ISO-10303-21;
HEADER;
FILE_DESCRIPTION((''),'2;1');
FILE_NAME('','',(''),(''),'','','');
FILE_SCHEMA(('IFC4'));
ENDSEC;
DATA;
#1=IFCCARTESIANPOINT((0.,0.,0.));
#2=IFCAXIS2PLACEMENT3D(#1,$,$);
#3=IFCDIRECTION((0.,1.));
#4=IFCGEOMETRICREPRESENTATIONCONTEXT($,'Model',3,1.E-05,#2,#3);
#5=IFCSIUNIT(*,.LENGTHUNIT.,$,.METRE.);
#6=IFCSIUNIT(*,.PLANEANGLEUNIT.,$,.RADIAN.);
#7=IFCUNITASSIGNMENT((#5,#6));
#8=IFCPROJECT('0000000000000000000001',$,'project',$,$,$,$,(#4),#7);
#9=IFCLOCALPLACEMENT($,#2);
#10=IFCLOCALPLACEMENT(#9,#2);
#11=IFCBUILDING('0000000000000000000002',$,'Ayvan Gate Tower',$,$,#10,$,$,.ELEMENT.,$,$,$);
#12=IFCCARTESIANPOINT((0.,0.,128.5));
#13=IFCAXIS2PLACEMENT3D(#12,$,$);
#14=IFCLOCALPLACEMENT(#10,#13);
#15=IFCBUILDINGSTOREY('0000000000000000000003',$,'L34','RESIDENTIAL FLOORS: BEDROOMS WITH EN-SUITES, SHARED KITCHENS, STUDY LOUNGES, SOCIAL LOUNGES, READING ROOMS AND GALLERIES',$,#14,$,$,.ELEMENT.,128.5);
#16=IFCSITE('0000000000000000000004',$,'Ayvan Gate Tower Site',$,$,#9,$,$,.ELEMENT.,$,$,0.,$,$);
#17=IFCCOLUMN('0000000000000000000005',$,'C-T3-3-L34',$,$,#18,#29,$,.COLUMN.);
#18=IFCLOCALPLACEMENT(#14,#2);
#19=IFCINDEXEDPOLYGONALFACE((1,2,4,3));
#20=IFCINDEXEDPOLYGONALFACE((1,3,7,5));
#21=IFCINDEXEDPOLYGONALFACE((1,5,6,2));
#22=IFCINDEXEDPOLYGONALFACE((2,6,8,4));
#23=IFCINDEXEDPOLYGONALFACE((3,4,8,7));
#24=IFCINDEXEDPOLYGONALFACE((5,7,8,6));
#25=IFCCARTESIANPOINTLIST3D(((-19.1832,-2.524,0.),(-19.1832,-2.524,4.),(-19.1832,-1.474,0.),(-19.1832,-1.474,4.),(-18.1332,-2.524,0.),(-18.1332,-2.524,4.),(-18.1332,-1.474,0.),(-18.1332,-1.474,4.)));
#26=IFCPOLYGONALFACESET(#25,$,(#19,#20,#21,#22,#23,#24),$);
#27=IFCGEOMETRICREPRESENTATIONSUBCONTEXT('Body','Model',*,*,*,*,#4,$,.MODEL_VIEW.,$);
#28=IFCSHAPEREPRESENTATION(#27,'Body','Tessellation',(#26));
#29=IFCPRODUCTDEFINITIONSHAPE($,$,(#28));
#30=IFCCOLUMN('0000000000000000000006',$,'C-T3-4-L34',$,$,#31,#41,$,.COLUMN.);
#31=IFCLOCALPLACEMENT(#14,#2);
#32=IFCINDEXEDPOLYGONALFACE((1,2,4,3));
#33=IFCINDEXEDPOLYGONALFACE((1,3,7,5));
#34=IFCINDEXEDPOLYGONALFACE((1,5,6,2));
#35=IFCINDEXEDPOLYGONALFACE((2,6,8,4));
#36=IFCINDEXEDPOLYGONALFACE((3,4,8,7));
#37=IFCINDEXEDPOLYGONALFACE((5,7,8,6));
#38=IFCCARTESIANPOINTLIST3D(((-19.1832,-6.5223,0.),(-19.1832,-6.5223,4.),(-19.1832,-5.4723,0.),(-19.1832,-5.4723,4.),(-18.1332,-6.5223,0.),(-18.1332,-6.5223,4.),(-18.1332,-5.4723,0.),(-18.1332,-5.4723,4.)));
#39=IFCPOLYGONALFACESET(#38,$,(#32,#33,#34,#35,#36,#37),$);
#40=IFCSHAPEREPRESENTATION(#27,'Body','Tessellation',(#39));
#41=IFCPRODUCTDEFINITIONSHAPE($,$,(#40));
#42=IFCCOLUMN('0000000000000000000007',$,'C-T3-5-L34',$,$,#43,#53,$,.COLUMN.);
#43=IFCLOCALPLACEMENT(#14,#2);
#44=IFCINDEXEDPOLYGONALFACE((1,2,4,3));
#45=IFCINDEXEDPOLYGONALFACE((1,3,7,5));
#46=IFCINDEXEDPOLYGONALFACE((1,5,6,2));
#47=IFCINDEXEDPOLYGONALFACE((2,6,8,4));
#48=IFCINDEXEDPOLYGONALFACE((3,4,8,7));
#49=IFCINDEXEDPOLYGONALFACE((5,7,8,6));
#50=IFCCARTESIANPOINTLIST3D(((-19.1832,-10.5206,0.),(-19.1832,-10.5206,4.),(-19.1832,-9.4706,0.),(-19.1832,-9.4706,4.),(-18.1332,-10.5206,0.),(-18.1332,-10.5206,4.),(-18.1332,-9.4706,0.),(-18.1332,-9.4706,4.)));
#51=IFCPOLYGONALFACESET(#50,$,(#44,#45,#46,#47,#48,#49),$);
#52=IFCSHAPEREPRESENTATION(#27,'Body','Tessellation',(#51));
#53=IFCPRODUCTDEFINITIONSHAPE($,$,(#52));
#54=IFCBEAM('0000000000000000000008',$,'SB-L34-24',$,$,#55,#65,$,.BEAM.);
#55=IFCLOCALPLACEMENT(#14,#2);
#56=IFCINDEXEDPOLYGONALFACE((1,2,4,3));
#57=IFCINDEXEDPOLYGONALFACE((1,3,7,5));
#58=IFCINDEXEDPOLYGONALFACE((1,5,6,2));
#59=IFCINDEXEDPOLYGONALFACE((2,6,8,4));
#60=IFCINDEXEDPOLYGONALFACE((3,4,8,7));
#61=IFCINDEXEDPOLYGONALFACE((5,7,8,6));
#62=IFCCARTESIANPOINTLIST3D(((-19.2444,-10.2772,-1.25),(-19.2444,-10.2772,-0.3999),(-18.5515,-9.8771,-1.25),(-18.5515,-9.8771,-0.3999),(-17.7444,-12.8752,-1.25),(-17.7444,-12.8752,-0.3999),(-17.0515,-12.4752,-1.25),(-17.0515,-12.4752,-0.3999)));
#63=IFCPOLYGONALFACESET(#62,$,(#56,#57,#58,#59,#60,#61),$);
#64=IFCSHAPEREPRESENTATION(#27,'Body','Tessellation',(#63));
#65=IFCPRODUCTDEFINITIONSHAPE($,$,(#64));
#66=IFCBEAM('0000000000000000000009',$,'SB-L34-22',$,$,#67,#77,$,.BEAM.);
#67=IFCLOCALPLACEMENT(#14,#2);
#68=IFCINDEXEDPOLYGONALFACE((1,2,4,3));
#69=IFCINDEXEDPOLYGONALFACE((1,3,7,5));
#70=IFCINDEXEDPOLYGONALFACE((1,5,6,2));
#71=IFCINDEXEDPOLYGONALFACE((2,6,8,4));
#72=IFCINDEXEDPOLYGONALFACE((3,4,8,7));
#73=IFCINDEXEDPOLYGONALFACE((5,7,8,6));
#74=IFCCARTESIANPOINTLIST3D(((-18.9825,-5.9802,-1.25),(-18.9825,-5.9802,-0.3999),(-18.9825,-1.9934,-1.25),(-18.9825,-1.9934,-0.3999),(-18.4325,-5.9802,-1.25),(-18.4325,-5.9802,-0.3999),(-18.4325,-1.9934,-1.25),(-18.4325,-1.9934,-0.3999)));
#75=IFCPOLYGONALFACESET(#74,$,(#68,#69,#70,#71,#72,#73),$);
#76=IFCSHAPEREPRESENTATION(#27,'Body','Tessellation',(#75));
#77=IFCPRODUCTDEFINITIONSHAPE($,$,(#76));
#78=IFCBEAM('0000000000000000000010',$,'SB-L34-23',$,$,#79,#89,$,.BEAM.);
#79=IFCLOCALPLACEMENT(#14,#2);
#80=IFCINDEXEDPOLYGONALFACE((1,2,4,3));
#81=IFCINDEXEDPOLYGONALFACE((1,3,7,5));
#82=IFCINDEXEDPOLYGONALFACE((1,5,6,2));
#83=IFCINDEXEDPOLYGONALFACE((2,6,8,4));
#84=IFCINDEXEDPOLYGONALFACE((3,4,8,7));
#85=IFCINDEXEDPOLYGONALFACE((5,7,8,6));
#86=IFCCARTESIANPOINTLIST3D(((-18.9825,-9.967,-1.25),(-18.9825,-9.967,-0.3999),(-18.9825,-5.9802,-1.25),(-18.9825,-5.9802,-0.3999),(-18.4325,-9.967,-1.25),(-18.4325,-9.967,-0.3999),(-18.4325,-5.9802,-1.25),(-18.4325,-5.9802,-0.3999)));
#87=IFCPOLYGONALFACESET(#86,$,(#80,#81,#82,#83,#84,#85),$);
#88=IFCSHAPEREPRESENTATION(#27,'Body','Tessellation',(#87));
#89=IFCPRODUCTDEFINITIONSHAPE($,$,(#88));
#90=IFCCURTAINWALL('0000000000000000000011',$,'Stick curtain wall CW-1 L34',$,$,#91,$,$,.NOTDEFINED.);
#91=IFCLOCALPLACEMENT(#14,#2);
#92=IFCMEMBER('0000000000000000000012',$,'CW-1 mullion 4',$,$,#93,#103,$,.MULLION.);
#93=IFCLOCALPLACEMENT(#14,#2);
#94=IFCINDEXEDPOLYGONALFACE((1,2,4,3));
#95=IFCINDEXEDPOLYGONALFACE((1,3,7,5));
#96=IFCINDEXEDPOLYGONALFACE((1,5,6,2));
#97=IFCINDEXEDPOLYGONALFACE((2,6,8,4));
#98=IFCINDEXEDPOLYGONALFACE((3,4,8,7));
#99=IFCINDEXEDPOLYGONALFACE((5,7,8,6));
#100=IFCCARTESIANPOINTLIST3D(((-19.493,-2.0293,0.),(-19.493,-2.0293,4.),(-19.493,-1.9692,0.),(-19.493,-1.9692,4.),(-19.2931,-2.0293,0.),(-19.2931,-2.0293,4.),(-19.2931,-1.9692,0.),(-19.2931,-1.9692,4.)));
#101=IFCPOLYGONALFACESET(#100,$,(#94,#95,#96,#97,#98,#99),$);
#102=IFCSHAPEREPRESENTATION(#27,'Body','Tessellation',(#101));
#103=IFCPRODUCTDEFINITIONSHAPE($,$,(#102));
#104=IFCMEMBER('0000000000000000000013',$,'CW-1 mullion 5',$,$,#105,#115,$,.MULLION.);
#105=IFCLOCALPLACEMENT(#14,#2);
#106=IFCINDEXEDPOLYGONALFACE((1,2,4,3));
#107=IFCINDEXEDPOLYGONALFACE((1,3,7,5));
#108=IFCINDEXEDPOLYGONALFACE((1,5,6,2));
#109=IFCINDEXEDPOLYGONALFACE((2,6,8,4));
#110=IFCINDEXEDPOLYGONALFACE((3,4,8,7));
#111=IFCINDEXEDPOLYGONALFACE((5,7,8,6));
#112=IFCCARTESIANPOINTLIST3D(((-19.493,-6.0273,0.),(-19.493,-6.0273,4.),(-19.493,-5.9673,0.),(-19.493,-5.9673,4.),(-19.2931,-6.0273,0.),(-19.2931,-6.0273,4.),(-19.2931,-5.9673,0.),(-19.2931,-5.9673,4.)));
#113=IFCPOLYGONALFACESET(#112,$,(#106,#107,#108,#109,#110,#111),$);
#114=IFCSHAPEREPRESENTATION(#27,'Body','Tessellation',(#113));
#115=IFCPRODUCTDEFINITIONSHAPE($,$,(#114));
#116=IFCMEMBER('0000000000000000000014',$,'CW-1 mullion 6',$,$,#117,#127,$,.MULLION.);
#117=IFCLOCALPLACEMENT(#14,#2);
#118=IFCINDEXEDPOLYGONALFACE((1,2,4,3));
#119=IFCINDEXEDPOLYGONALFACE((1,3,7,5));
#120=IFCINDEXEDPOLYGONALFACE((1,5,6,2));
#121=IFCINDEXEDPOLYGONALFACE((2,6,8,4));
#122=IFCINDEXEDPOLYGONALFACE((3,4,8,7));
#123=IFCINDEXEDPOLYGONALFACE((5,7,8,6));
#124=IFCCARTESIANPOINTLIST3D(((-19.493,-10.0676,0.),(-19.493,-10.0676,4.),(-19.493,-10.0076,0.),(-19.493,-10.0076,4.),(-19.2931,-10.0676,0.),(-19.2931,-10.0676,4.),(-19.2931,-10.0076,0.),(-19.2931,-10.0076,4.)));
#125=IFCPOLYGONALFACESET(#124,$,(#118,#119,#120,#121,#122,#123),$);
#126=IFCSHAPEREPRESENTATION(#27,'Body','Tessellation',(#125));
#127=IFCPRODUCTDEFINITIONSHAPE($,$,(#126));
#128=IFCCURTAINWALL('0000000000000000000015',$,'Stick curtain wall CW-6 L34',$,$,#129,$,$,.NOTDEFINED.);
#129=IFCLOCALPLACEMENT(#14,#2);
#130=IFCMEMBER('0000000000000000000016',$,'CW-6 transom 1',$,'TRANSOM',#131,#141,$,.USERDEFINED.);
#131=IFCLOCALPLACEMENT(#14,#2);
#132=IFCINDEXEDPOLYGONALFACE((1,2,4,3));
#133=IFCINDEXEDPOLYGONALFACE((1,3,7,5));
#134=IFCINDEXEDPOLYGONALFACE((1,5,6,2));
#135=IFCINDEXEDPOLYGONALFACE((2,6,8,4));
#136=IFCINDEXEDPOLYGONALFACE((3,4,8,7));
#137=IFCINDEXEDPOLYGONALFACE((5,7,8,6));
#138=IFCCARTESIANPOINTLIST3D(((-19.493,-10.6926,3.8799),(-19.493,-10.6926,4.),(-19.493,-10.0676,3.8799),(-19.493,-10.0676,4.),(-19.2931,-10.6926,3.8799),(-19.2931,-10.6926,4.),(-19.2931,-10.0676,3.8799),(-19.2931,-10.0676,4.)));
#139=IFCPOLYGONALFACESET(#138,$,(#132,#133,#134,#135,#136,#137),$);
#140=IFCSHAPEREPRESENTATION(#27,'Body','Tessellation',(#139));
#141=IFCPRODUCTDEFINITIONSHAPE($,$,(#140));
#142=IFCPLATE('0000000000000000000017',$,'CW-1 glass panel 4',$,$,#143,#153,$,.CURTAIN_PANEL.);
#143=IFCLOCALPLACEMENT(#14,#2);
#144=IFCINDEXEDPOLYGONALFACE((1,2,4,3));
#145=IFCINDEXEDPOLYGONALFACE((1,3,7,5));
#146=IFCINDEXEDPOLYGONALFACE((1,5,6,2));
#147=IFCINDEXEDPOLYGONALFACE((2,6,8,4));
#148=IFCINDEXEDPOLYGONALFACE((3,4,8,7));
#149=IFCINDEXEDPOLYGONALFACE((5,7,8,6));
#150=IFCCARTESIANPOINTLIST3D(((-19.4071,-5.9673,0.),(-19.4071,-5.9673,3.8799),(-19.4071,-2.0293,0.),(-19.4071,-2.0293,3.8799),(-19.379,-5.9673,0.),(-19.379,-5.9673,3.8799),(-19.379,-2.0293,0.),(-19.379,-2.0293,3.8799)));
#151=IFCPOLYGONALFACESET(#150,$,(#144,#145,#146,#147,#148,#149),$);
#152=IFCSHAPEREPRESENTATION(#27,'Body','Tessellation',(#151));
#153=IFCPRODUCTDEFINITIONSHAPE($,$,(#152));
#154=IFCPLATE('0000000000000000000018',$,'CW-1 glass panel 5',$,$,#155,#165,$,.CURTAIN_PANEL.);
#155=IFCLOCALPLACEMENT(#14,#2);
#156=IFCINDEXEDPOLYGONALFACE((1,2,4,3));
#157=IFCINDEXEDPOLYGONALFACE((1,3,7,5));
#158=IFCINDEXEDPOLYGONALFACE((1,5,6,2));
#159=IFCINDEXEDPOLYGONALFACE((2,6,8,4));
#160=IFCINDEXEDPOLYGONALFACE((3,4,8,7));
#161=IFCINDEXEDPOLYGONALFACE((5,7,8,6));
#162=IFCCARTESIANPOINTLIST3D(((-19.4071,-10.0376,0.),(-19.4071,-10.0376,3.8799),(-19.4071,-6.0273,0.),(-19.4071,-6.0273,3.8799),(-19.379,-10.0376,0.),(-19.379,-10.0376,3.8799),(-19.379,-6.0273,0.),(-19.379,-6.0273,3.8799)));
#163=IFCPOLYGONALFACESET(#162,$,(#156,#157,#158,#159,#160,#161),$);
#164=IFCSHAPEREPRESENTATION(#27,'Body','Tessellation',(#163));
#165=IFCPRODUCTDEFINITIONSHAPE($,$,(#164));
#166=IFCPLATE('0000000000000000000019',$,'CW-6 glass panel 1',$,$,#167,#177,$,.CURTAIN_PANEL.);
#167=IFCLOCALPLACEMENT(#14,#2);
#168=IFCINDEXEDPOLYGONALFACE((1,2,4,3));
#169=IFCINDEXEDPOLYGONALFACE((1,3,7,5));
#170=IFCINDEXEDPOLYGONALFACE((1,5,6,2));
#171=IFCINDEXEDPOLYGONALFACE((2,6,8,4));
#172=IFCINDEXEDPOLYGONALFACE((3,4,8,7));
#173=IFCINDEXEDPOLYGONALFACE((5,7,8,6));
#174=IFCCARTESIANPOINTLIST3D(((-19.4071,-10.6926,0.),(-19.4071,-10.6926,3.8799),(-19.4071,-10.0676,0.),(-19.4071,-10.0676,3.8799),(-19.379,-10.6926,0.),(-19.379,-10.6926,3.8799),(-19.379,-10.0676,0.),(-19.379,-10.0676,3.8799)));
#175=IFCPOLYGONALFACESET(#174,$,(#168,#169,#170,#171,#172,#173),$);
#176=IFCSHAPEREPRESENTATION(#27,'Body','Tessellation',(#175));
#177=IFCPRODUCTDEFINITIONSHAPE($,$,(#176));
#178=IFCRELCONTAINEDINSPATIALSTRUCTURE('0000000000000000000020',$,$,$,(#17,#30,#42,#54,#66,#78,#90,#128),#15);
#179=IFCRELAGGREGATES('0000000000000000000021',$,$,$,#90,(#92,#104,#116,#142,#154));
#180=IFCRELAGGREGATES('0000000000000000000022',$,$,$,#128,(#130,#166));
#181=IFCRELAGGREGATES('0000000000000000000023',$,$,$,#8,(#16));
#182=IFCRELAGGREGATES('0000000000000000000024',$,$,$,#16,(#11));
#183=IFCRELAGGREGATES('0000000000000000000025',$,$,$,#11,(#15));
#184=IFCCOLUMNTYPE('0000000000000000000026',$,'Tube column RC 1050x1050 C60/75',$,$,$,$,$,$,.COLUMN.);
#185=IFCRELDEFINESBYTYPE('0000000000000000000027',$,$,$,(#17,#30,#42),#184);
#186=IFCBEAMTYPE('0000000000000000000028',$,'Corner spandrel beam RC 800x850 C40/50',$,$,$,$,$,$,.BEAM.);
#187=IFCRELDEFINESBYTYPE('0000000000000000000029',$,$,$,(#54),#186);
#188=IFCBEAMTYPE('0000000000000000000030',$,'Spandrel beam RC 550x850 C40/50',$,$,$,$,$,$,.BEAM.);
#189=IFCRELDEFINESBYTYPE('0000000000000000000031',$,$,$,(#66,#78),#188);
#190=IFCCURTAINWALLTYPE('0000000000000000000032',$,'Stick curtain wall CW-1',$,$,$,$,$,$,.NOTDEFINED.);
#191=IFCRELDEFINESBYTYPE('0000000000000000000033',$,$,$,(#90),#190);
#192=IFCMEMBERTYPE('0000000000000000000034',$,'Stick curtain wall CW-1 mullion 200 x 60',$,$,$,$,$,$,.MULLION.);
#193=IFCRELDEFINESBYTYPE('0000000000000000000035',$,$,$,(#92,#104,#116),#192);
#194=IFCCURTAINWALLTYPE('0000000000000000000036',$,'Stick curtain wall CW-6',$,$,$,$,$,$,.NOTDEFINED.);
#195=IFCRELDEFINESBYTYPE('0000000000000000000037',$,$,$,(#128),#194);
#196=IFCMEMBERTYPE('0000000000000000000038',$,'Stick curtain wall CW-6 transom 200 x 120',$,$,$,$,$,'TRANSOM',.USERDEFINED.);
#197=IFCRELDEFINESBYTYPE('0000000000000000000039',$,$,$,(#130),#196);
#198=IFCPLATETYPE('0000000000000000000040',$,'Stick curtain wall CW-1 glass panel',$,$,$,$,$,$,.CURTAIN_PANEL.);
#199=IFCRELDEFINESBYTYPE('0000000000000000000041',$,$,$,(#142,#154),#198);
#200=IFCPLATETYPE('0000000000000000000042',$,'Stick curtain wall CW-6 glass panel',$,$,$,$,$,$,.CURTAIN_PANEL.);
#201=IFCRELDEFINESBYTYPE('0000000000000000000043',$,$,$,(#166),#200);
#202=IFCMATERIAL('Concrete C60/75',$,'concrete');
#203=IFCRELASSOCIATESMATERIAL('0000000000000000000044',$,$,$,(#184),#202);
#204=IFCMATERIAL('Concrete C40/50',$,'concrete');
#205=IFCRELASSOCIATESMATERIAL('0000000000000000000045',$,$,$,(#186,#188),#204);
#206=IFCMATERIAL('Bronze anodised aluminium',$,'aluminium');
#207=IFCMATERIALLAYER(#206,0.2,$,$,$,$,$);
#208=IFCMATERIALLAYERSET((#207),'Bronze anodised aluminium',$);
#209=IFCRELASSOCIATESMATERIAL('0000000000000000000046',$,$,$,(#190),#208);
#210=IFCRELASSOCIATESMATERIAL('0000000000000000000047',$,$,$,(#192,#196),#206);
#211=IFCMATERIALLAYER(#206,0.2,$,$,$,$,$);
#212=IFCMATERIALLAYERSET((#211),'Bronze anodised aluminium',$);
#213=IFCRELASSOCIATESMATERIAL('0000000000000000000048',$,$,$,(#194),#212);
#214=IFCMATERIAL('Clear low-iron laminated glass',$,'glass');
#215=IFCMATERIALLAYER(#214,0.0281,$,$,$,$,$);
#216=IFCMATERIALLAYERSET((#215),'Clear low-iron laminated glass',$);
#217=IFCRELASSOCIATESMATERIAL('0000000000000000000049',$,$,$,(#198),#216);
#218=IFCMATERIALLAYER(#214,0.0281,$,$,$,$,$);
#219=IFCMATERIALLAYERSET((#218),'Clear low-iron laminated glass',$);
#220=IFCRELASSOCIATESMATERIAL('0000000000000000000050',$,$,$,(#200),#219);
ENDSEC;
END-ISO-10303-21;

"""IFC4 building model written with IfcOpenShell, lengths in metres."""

from ifc_helpers import new_model, si_unit, direction, frame, origin, origin_2d, place, context, subcontext, project, spatial, rectangle, extrude, material, layer, layer_set, material_profile, profile_set, type_object, element, aggregate, save


model = new_model("IFC4")

# Units and contexts
model_context = context("Model", 3, precision=1e-05, world=origin(), true_north=direction((0.0, 1.0)))
body_context = subcontext(model_context, "Body", "Model", "MODEL_VIEW")
ifc_project = project(units=[si_unit("LENGTHUNIT", "METRE"), si_unit("PLANEANGLEUNIT", "RADIAN")], contexts=[model_context])

# Site, building, storey
site_placement = place(None, origin())
site = spatial("IfcSite", under=ifc_project, at=site_placement, Name="Ayvan Gate Tower Site", CompositionType="ELEMENT", RefElevation=0.0)
building_placement = place(site_placement, origin())
building = spatial("IfcBuilding", under=site, at=building_placement, Name="Ayvan Gate Tower", CompositionType="ELEMENT")
storey_placement = place(building_placement, frame((0.0, 0.0, 128.5)))
storey = spatial("IfcBuildingStorey", under=building, at=storey_placement, Name="L34", Description="RESIDENTIAL FLOORS: BEDROOMS WITH EN-SUITES, SHARED KITCHENS, STUDY LOUNGES, SOCIAL LOUNGES, READING ROOMS AND GALLERIES", CompositionType="ELEMENT", Elevation=128.5)

# Columns
ifc_material_1 = material(Name="Concrete C60/75", Category="concrete")
ifc_material_profile_1 = material_profile(ifc_material_1, rectangle(XDim=1.05, YDim=1.05, at=origin_2d()), Name="RC 1050x1050")
ifc_profile_set_1 = profile_set([ifc_material_profile_1], Name="Concrete C60/75")
column_type = type_object("IfcColumnType", Name="Tube column RC 1050x1050 C60/75", PredefinedType="COLUMN", material=ifc_profile_set_1)
for number, where, z_axis, x_axis, name in (
    (1, (-18.6582, -1.999, 0.0), (0.0, 0.0, 1.0), (-1.0, 0.0, 0.0), "C-T3-3-L34"),
    (2, (-18.6582, -5.9973, 0.0), (0.0, 0.0, 1.0), (-1.0, 0.0, 0.0), "C-T3-4-L34"),
    (3, (-18.6582, -9.9956, 0.0), (0.0, 0.0, 1.0), (-1.0, 0.0, 0.0), "C-T3-5-L34"),
):
    element("IfcColumn", number, at=place(storey_placement, frame(where, z_axis=z_axis, x_axis=x_axis)), inside=storey, type_object=column_type, Name=name, PredefinedType="COLUMN", context=body_context, shape_type="SweptSolid", body=[
        extrude(rectangle(XDim=1.05, YDim=1.05, at=origin_2d()), origin(), (0.0, 0.0, 1.0), 4.0),
    ])

# Beams
ifc_material_2 = material(Name="Concrete C40/50", Category="concrete")
ifc_material_profile_2 = material_profile(ifc_material_2, rectangle(XDim=0.8, YDim=0.8501, at=origin_2d()), Name="RC 800x850")
ifc_profile_set_2 = profile_set([ifc_material_profile_2], Name="Concrete C40/50")
beam_type_1 = type_object("IfcBeamType", Name="Corner spandrel beam RC 800x850 C40/50", PredefinedType="BEAM", material=ifc_profile_set_2)
beam_placement = place(storey_placement, frame((-18.8979, -10.0771, -0.825), z_axis=(0.49999, -0.866031, 0.0), x_axis=(0.866031, 0.49999, 0.0)))
element("IfcBeam", 4, at=beam_placement, inside=storey, type_object=beam_type_1, Name="SB-L34-24", PredefinedType="BEAM", context=body_context, shape_type="SweptSolid", body=[
    extrude(rectangle(XDim=0.8, YDim=0.8501, at=origin_2d()), origin(), (0.0, 0.0, 1.0), 3.0),
])
ifc_material_profile_3 = material_profile(ifc_material_2, rectangle(XDim=0.55, YDim=0.8501, at=origin_2d()), Name="RC 550x850")
ifc_profile_set_3 = profile_set([ifc_material_profile_3], Name="Concrete C40/50")
beam_type_2 = type_object("IfcBeamType", Name="Spandrel beam RC 550x850 C40/50", PredefinedType="BEAM", material=ifc_profile_set_3)
for number, where, z_axis, x_axis, name in (
    (5, (-18.7075, -1.9934, -0.825), (0.0, -1.0, 0.0), (1.0, 0.0, 0.0), "SB-L34-22"),
    (6, (-18.7075, -5.9802, -0.825), (0.0, -1.0, 0.0), (1.0, 0.0, 0.0), "SB-L34-23"),
):
    element("IfcBeam", number, at=place(storey_placement, frame(where, z_axis=z_axis, x_axis=x_axis)), inside=storey, type_object=beam_type_2, Name=name, PredefinedType="BEAM", context=body_context, shape_type="SweptSolid", body=[
        extrude(rectangle(XDim=0.55, YDim=0.8501, at=origin_2d()), origin(), (0.0, 0.0, 1.0), 3.9868),
    ])

# Curtain wall, members
ifc_material_3 = material(Name="Bronze anodised aluminium", Category="aluminium")
ifc_layer_1 = layer(ifc_material_3, 0.2)
ifc_layer_set_1 = layer_set([ifc_layer_1], Name="Bronze anodised aluminium")
curtain_wall_type_1 = type_object("IfcCurtainWallType", Name="Stick curtain wall CW-1", PredefinedType="NOTDEFINED", material=ifc_layer_set_1)
curtain_wall_1_placement = place(storey_placement, origin())
curtain_wall_1 = element("IfcCurtainWall", 7, at=curtain_wall_1_placement, inside=storey, type_object=curtain_wall_type_1, Name="Stick curtain wall CW-1 L34", PredefinedType="NOTDEFINED")
ifc_material_profile_4 = material_profile(ifc_material_3, rectangle(XDim=0.2, YDim=0.0601, at=origin_2d()), Name="Stick curtain wall CW-1 mullion 200 x 60")
ifc_profile_set_4 = profile_set([ifc_material_profile_4], Name="Bronze anodised aluminium")
member_type_1 = type_object("IfcMemberType", Name="Stick curtain wall CW-1 mullion 200 x 60", PredefinedType="MULLION", material=ifc_profile_set_4)
member_1_placement = place(storey_placement, frame((-19.3931, -1.9993, 0.0), z_axis=(0.0, 0.0, 1.0), x_axis=(-1.0, 0.0, 0.0)))
member_1 = element("IfcMember", 8, at=member_1_placement, type_object=member_type_1, Name="CW-1 mullion 4", PredefinedType="MULLION", context=body_context, shape_type="SweptSolid", body=[
    extrude(rectangle(XDim=0.2, YDim=0.0601, at=origin_2d()), origin(), (0.0, 0.0, 1.0), 4.0),
])
member_2_placement = place(storey_placement, frame((-19.3931, -5.9973, 0.0), z_axis=(0.0, 0.0, 1.0), x_axis=(-1.0, 0.0, 0.0)))
member_2 = element("IfcMember", 9, at=member_2_placement, type_object=member_type_1, Name="CW-1 mullion 5", PredefinedType="MULLION", context=body_context, shape_type="SweptSolid", body=[
    extrude(rectangle(XDim=0.2, YDim=0.0601, at=origin_2d()), origin(), (0.0, 0.0, 1.0), 4.0),
])
member_3_placement = place(storey_placement, frame((-19.3931, -10.0376, 0.0), z_axis=(0.0, 0.0, 1.0), x_axis=(-1.0, 0.0, 0.0)))
member_3 = element("IfcMember", 10, at=member_3_placement, type_object=member_type_1, Name="CW-1 mullion 6", PredefinedType="MULLION", context=body_context, shape_type="SweptSolid", body=[
    extrude(rectangle(XDim=0.2, YDim=0.0601, at=origin_2d()), origin(), (0.0, 0.0, 1.0), 4.0),
])

# Curtain wall, member
ifc_layer_2 = layer(ifc_material_3, 0.2)
ifc_layer_set_2 = layer_set([ifc_layer_2], Name="Bronze anodised aluminium")
curtain_wall_type_2 = type_object("IfcCurtainWallType", Name="Stick curtain wall CW-6", PredefinedType="NOTDEFINED", material=ifc_layer_set_2)
curtain_wall_2_placement = place(storey_placement, origin())
curtain_wall_2 = element("IfcCurtainWall", 11, at=curtain_wall_2_placement, inside=storey, type_object=curtain_wall_type_2, Name="Stick curtain wall CW-6 L34", PredefinedType="NOTDEFINED")
ifc_material_profile_5 = material_profile(ifc_material_3, rectangle(XDim=0.2, YDim=0.1201, at=origin_2d()), Name="Stick curtain wall CW-6 transom 200 x 120")
ifc_profile_set_5 = profile_set([ifc_material_profile_5], Name="Bronze anodised aluminium")
member_type_2 = type_object("IfcMemberType", Name="Stick curtain wall CW-6 transom 200 x 120", ElementType="TRANSOM", PredefinedType="USERDEFINED", material=ifc_profile_set_5)
member_4_placement = place(storey_placement, frame((-19.3931, -10.0676, 3.9399), z_axis=(0.0, -1.0, 0.0), x_axis=(1.0, 0.0, 0.0)))
member_4 = element("IfcMember", 12, at=member_4_placement, type_object=member_type_2, Name="CW-6 transom 1", ObjectType="TRANSOM", PredefinedType="USERDEFINED", context=body_context, shape_type="SweptSolid", body=[
    extrude(rectangle(XDim=0.2, YDim=0.1201, at=origin_2d()), origin(), (0.0, 0.0, 1.0), 0.625),
])

# Plates
ifc_material_4 = material(Name="Clear low-iron laminated glass", Category="glass")
ifc_layer_3 = layer(ifc_material_4, 0.0281)
ifc_layer_set_3 = layer_set([ifc_layer_3], Name="Clear low-iron laminated glass")
plate_type_1 = type_object("IfcPlateType", Name="Stick curtain wall CW-1 glass panel", PredefinedType="CURTAIN_PANEL", material=ifc_layer_set_3)
plate_1_placement = place(storey_placement, frame((-19.3931, -3.9983, 0.0), z_axis=(0.0, 0.0, 1.0), x_axis=(0.0, -1.0, 0.0)))
plate_1 = element("IfcPlate", 13, at=plate_1_placement, type_object=plate_type_1, Name="CW-1 glass panel 4", PredefinedType="CURTAIN_PANEL", context=body_context, shape_type="SweptSolid", body=[
    extrude(rectangle(XDim=3.938, YDim=0.0281, at=origin_2d()), origin(), (0.0, 0.0, 1.0), 3.8799),
])
plate_2_placement = place(storey_placement, frame((-19.3931, -8.0325, 0.0), z_axis=(0.0, 0.0, 1.0), x_axis=(0.0, -1.0, 0.0)))
plate_2 = element("IfcPlate", 14, at=plate_2_placement, type_object=plate_type_1, Name="CW-1 glass panel 5", PredefinedType="CURTAIN_PANEL", context=body_context, shape_type="SweptSolid", body=[
    extrude(rectangle(XDim=4.0103, YDim=0.0281, at=origin_2d()), origin(), (0.0, 0.0, 1.0), 3.8799),
])
aggregate(curtain_wall_1, [member_1, member_2, member_3, plate_1, plate_2])
ifc_layer_4 = layer(ifc_material_4, 0.0281)
ifc_layer_set_4 = layer_set([ifc_layer_4], Name="Clear low-iron laminated glass")
plate_type_2 = type_object("IfcPlateType", Name="Stick curtain wall CW-6 glass panel", PredefinedType="CURTAIN_PANEL", material=ifc_layer_set_4)
plate_3_placement = place(storey_placement, frame((-19.3931, -10.3801, 0.0), z_axis=(0.0, 0.0, 1.0), x_axis=(0.0, -1.0, 0.0)))
plate_3 = element("IfcPlate", 15, at=plate_3_placement, type_object=plate_type_2, Name="CW-6 glass panel 1", PredefinedType="CURTAIN_PANEL", context=body_context, shape_type="SweptSolid", body=[
    extrude(rectangle(XDim=0.625, YDim=0.0281, at=origin_2d()), origin(), (0.0, 0.0, 1.0), 3.8799),
])
aggregate(curtain_wall_2, [member_4, plate_3])

save(model, "model.ifc")
